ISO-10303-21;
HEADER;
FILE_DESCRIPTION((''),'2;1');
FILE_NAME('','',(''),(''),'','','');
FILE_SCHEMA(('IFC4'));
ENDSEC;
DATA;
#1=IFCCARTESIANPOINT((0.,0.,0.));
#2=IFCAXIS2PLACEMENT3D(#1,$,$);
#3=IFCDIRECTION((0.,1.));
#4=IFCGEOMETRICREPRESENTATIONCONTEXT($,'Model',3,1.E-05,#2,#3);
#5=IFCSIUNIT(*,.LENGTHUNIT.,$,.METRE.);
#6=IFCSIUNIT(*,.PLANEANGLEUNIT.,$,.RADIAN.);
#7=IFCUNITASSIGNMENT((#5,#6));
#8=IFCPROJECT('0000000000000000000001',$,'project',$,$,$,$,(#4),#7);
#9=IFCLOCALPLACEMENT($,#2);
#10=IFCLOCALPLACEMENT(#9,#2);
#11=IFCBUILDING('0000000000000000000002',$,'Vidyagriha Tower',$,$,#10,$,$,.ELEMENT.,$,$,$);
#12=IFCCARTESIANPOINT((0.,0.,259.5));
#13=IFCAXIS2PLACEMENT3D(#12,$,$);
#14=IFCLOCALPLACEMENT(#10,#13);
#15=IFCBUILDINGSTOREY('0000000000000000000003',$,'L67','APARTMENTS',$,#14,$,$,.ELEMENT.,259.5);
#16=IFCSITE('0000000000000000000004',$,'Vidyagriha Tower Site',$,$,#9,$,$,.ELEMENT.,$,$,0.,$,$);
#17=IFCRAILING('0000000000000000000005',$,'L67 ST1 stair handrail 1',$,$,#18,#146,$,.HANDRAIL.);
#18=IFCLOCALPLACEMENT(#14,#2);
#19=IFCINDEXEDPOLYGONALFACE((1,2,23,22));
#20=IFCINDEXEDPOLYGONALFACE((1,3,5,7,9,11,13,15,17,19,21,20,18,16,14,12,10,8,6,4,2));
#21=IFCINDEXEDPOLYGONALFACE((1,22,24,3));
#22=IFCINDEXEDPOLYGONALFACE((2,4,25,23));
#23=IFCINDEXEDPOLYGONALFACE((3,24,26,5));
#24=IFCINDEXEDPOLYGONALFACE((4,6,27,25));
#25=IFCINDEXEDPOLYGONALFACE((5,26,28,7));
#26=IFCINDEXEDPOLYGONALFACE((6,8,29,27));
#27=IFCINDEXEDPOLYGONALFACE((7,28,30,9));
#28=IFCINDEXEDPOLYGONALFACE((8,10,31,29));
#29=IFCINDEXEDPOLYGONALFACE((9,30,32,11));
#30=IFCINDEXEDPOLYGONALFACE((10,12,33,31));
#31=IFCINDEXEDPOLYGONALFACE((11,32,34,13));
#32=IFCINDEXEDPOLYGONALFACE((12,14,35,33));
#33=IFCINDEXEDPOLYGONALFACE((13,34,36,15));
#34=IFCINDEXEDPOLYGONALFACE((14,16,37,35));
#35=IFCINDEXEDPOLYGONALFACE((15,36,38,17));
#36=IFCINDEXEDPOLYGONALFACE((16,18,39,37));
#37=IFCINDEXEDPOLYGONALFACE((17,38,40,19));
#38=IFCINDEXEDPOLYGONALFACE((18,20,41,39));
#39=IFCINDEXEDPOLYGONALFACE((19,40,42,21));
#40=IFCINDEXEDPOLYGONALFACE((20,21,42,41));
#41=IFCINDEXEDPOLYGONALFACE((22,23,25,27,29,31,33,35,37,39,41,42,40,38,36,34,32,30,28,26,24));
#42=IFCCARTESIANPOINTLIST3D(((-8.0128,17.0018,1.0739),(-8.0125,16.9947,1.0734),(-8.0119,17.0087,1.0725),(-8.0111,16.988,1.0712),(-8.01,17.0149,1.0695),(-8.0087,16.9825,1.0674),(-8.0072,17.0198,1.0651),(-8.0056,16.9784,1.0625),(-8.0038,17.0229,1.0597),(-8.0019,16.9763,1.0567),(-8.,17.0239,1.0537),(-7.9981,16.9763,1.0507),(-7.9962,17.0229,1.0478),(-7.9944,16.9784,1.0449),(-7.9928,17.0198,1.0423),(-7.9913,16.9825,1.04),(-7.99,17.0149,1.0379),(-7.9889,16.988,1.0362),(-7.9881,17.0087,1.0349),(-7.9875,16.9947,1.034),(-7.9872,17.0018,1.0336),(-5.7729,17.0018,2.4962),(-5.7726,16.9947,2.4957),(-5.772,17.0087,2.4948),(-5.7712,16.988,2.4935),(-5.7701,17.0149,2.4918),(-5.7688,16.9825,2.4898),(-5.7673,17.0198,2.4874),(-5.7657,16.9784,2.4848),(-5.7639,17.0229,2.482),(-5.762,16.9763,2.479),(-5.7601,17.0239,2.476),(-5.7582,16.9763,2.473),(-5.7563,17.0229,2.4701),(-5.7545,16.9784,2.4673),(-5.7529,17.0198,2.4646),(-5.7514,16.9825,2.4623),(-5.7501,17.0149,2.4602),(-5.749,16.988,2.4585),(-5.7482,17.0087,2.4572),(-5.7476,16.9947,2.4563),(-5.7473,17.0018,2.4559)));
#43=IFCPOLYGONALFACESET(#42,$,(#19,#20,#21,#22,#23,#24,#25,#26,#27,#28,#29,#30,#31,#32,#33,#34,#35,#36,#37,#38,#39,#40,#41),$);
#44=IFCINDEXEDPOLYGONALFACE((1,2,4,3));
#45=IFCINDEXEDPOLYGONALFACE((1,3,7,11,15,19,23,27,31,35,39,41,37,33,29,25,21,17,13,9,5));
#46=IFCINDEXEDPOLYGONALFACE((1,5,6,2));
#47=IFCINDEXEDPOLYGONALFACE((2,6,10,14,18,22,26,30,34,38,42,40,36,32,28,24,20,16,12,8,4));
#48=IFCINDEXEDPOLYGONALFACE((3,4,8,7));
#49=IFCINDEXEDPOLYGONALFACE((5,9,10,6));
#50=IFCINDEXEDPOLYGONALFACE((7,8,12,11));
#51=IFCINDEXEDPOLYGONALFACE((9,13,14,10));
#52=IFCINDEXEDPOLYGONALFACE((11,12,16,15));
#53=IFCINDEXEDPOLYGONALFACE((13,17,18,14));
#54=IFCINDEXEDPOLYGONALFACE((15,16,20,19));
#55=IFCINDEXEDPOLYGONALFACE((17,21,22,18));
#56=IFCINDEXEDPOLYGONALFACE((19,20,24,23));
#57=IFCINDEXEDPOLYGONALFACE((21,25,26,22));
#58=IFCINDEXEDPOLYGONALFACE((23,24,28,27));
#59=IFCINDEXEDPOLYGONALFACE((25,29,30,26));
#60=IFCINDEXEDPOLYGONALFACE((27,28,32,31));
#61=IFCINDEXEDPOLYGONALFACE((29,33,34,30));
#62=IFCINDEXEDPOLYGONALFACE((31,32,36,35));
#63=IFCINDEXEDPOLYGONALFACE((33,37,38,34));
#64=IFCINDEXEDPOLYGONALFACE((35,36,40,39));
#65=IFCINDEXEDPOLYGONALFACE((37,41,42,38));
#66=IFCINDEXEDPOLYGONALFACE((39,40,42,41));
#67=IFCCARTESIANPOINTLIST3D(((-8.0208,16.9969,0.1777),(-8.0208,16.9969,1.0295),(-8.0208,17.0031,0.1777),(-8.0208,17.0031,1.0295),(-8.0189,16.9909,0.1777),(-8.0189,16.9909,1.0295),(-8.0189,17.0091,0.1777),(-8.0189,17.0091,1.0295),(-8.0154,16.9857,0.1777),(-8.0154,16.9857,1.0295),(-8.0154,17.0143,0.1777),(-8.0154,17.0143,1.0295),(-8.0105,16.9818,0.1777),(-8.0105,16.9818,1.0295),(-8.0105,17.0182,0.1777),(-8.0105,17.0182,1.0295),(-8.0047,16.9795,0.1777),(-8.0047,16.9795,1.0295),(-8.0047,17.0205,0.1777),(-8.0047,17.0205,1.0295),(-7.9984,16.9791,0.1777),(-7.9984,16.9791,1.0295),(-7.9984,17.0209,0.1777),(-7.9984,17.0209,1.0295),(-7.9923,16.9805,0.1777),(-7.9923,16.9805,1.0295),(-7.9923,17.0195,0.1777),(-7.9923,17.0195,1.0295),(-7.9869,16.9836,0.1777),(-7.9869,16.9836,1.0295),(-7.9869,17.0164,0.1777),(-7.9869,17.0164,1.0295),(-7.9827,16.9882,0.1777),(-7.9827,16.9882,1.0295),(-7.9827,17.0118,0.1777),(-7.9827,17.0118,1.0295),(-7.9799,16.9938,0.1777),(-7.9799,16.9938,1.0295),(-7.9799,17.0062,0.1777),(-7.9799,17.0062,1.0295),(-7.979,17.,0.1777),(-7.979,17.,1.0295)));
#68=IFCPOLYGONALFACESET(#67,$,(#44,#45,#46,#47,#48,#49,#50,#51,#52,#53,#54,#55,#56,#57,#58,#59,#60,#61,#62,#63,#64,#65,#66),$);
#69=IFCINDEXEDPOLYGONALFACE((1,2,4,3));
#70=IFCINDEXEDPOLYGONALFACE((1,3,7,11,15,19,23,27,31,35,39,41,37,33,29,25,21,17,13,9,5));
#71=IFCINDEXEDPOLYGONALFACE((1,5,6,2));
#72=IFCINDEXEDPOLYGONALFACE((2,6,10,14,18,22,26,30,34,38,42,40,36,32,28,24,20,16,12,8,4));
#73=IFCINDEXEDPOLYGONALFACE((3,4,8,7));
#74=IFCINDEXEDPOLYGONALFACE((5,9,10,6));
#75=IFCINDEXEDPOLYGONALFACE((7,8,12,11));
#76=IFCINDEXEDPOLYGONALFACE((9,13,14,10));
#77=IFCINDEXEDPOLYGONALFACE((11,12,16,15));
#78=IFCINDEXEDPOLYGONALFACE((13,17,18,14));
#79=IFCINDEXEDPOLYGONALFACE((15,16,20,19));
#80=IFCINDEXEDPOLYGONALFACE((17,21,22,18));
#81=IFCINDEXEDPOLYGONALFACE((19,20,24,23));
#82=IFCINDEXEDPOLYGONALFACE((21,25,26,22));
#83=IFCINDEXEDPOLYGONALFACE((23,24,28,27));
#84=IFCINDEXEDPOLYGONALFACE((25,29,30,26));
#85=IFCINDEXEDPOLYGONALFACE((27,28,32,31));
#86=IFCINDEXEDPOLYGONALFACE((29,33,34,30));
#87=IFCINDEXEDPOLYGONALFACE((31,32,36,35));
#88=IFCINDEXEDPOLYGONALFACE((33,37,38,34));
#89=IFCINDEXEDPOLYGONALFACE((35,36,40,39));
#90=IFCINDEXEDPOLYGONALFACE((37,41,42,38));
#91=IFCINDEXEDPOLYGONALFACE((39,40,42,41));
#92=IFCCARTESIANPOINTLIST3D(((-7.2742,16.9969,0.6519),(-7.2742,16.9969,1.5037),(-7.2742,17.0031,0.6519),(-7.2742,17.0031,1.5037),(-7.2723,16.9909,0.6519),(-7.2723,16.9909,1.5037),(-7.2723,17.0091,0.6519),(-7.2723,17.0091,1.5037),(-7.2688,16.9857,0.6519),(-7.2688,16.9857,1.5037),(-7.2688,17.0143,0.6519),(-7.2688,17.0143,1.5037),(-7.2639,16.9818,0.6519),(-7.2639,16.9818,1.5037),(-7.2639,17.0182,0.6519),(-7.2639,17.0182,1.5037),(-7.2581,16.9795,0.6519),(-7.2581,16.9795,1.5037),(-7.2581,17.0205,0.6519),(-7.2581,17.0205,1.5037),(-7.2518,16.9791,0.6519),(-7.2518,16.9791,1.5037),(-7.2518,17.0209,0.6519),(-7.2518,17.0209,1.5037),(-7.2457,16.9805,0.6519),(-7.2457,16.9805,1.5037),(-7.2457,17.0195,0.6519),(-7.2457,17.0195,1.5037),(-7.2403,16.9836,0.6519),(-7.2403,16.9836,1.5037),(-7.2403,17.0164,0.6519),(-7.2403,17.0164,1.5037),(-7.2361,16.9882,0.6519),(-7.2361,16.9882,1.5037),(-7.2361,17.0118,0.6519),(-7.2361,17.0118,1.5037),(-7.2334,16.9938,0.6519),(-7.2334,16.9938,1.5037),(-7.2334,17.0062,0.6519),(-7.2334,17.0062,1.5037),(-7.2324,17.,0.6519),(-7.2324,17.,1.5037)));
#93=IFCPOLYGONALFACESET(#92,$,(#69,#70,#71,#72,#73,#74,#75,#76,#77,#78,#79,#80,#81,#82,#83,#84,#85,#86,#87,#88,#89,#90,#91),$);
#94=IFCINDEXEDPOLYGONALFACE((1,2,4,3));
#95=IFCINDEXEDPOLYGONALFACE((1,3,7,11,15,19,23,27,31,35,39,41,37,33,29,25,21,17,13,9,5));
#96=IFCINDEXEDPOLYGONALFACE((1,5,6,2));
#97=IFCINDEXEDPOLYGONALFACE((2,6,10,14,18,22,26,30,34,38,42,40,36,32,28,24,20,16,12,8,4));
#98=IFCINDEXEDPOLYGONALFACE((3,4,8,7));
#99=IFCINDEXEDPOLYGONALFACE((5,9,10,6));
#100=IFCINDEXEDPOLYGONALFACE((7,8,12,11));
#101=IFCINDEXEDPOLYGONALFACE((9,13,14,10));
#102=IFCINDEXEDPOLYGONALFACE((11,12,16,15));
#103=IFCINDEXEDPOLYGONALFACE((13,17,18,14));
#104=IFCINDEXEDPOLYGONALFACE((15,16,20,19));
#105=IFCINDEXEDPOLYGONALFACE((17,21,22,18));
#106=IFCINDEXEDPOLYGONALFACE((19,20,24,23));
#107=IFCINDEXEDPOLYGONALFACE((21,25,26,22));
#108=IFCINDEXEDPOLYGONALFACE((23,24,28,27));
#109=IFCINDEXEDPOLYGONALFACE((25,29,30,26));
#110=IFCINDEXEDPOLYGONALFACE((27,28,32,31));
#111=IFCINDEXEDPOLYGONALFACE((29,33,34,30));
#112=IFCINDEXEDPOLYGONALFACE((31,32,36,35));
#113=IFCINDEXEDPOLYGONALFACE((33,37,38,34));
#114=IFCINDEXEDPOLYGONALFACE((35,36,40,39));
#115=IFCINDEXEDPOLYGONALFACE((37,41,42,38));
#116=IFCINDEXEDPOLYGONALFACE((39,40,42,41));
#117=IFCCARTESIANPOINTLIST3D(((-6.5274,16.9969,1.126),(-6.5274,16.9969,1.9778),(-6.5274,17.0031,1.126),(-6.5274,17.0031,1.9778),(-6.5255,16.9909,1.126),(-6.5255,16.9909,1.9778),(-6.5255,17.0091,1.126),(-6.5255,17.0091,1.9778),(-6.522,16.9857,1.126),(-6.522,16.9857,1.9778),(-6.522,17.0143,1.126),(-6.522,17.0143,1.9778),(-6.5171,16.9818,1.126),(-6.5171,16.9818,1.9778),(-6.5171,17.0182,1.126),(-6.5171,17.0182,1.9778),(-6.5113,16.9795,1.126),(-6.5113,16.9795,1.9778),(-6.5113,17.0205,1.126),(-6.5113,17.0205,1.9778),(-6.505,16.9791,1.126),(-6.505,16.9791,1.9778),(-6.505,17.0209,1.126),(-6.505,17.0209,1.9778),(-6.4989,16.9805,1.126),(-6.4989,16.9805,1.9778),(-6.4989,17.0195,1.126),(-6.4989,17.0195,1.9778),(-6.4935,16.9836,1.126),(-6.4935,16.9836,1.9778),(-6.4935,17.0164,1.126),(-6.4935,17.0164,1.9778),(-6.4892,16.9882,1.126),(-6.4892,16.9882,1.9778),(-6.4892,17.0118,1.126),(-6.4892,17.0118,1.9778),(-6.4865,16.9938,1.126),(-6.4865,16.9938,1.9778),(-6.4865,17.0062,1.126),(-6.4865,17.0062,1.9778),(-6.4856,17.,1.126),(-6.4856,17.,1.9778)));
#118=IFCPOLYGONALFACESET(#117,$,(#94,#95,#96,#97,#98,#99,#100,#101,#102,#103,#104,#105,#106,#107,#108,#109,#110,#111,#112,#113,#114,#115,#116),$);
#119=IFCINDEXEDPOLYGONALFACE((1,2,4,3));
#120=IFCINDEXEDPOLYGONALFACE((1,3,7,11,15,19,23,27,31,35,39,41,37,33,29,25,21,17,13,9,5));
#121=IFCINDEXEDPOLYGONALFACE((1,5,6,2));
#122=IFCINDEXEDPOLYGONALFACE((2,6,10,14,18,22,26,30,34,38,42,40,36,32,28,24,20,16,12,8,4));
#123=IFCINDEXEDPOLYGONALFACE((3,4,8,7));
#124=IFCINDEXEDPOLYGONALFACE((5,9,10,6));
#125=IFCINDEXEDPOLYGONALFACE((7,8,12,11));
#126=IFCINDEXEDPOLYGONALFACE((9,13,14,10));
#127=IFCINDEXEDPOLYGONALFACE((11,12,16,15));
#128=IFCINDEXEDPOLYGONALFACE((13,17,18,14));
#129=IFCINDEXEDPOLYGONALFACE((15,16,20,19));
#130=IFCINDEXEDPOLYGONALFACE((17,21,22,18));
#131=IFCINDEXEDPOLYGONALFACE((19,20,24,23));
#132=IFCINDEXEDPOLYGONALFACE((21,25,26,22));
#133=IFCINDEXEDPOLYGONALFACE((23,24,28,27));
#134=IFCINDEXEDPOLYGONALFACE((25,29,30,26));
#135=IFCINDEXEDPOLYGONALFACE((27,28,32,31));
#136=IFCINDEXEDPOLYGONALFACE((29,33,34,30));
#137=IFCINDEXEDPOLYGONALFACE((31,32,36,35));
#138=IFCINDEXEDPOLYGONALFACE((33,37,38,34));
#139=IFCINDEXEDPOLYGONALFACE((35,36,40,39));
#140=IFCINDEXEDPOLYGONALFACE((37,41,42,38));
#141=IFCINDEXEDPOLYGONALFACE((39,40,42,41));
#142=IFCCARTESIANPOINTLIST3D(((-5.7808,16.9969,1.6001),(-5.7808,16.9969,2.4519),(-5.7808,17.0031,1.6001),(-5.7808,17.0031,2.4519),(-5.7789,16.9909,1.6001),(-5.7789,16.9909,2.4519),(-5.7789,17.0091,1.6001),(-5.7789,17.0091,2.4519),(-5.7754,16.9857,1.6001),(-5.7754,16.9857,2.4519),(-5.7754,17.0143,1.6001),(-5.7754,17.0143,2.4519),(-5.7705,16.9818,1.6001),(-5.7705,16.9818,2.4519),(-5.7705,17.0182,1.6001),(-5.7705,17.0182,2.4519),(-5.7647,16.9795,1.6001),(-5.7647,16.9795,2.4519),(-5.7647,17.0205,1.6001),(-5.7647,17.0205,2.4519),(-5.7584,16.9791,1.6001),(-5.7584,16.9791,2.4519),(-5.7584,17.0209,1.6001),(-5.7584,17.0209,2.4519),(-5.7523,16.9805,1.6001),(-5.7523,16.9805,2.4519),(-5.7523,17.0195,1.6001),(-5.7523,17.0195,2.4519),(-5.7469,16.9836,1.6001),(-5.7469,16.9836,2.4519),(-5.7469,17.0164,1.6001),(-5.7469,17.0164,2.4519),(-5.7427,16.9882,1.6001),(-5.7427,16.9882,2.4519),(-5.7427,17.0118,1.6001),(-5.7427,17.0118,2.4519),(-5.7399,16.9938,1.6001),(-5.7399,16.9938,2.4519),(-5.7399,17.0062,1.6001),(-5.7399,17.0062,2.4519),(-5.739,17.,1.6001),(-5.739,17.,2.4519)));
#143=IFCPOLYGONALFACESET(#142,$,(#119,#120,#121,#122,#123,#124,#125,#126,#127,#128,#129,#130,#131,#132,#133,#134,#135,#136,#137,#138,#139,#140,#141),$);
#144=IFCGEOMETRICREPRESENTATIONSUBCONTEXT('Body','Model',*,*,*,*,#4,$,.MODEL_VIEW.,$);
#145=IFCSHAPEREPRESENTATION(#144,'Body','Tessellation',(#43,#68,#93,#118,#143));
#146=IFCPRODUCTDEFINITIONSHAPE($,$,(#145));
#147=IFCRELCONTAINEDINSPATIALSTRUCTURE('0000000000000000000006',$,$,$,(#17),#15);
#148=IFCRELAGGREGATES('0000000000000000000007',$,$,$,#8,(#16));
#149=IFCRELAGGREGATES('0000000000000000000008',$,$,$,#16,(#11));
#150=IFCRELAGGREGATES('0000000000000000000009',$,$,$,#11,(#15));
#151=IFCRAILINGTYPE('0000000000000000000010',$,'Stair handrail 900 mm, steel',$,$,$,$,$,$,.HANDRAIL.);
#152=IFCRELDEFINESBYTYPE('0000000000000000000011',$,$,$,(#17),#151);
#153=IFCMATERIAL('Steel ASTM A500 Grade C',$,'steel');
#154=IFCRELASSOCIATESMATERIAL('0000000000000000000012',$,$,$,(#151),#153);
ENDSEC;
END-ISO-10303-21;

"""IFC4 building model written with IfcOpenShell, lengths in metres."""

from ifc_helpers import new_model, si_unit, direction, frame, origin, origin_2d, place, context, subcontext, project, spatial, circle, extrude, material, type_object, element, save


model = new_model("IFC4")

# Units and contexts
model_context = context("Model", 3, precision=1e-05, world=origin(), true_north=direction((0.0, 1.0)))
body_context = subcontext(model_context, "Body", "Model", "MODEL_VIEW")
ifc_project = project(units=[si_unit("LENGTHUNIT", "METRE"), si_unit("PLANEANGLEUNIT", "RADIAN")], contexts=[model_context])

# Site, building, storey
site_placement = place(None, origin())
site = spatial("IfcSite", under=ifc_project, at=site_placement, Name="Vidyagriha Tower Site", CompositionType="ELEMENT", RefElevation=0.0)
building_placement = place(site_placement, origin())
building = spatial("IfcBuilding", under=site, at=building_placement, Name="Vidyagriha Tower", CompositionType="ELEMENT")
storey_placement = place(building_placement, frame((0.0, 0.0, 259.5)))
storey = spatial("IfcBuildingStorey", under=building, at=storey_placement, Name="L67", Description="APARTMENTS", CompositionType="ELEMENT", Elevation=259.5)

# Railing
ifc_material_1 = material(Name="Steel ASTM A500 Grade C", Category="steel")
railing_type = type_object("IfcRailingType", Name="Stair handrail 900 mm, steel", PredefinedType="HANDRAIL", material=ifc_material_1)
for number, where, name in (
    (1, (-8.0, 17.0, 0.1777), "L67 ST1 stair handrail 1"),
):
    element("IfcRailing", number, at=place(storey_placement, frame(where)), inside=storey, type_object=railing_type, Name=name, PredefinedType="HANDRAIL", context=body_context, shape_type="SweptSolid", body=[
        extrude(circle(Radius=0.0239, at=origin_2d()), frame((0.0, 0.0, 0.876), z_axis=(0.844188, 0.0, 0.536048), x_axis=(0.0, 1.0, 0.0)), (0.0, 0.0, 1.0), 2.6533),
        extrude(circle(Radius=0.021, at=origin_2d()), origin(), (0.0, 0.0, 1.0), 0.8518),
        extrude(circle(Radius=0.021, at=origin_2d()), frame((0.7466, 0.0, 0.4741)), (0.0, 0.0, 1.0), 0.8518),
        extrude(circle(Radius=0.021, at=origin_2d()), frame((1.4934, 0.0, 0.9482)), (0.0, 0.0, 1.0), 0.8518),
        extrude(circle(Radius=0.021, at=origin_2d()), frame((2.24, 0.0, 1.4224)), (0.0, 0.0, 1.0), 0.8518),
    ])

save(model, "model.ifc")
